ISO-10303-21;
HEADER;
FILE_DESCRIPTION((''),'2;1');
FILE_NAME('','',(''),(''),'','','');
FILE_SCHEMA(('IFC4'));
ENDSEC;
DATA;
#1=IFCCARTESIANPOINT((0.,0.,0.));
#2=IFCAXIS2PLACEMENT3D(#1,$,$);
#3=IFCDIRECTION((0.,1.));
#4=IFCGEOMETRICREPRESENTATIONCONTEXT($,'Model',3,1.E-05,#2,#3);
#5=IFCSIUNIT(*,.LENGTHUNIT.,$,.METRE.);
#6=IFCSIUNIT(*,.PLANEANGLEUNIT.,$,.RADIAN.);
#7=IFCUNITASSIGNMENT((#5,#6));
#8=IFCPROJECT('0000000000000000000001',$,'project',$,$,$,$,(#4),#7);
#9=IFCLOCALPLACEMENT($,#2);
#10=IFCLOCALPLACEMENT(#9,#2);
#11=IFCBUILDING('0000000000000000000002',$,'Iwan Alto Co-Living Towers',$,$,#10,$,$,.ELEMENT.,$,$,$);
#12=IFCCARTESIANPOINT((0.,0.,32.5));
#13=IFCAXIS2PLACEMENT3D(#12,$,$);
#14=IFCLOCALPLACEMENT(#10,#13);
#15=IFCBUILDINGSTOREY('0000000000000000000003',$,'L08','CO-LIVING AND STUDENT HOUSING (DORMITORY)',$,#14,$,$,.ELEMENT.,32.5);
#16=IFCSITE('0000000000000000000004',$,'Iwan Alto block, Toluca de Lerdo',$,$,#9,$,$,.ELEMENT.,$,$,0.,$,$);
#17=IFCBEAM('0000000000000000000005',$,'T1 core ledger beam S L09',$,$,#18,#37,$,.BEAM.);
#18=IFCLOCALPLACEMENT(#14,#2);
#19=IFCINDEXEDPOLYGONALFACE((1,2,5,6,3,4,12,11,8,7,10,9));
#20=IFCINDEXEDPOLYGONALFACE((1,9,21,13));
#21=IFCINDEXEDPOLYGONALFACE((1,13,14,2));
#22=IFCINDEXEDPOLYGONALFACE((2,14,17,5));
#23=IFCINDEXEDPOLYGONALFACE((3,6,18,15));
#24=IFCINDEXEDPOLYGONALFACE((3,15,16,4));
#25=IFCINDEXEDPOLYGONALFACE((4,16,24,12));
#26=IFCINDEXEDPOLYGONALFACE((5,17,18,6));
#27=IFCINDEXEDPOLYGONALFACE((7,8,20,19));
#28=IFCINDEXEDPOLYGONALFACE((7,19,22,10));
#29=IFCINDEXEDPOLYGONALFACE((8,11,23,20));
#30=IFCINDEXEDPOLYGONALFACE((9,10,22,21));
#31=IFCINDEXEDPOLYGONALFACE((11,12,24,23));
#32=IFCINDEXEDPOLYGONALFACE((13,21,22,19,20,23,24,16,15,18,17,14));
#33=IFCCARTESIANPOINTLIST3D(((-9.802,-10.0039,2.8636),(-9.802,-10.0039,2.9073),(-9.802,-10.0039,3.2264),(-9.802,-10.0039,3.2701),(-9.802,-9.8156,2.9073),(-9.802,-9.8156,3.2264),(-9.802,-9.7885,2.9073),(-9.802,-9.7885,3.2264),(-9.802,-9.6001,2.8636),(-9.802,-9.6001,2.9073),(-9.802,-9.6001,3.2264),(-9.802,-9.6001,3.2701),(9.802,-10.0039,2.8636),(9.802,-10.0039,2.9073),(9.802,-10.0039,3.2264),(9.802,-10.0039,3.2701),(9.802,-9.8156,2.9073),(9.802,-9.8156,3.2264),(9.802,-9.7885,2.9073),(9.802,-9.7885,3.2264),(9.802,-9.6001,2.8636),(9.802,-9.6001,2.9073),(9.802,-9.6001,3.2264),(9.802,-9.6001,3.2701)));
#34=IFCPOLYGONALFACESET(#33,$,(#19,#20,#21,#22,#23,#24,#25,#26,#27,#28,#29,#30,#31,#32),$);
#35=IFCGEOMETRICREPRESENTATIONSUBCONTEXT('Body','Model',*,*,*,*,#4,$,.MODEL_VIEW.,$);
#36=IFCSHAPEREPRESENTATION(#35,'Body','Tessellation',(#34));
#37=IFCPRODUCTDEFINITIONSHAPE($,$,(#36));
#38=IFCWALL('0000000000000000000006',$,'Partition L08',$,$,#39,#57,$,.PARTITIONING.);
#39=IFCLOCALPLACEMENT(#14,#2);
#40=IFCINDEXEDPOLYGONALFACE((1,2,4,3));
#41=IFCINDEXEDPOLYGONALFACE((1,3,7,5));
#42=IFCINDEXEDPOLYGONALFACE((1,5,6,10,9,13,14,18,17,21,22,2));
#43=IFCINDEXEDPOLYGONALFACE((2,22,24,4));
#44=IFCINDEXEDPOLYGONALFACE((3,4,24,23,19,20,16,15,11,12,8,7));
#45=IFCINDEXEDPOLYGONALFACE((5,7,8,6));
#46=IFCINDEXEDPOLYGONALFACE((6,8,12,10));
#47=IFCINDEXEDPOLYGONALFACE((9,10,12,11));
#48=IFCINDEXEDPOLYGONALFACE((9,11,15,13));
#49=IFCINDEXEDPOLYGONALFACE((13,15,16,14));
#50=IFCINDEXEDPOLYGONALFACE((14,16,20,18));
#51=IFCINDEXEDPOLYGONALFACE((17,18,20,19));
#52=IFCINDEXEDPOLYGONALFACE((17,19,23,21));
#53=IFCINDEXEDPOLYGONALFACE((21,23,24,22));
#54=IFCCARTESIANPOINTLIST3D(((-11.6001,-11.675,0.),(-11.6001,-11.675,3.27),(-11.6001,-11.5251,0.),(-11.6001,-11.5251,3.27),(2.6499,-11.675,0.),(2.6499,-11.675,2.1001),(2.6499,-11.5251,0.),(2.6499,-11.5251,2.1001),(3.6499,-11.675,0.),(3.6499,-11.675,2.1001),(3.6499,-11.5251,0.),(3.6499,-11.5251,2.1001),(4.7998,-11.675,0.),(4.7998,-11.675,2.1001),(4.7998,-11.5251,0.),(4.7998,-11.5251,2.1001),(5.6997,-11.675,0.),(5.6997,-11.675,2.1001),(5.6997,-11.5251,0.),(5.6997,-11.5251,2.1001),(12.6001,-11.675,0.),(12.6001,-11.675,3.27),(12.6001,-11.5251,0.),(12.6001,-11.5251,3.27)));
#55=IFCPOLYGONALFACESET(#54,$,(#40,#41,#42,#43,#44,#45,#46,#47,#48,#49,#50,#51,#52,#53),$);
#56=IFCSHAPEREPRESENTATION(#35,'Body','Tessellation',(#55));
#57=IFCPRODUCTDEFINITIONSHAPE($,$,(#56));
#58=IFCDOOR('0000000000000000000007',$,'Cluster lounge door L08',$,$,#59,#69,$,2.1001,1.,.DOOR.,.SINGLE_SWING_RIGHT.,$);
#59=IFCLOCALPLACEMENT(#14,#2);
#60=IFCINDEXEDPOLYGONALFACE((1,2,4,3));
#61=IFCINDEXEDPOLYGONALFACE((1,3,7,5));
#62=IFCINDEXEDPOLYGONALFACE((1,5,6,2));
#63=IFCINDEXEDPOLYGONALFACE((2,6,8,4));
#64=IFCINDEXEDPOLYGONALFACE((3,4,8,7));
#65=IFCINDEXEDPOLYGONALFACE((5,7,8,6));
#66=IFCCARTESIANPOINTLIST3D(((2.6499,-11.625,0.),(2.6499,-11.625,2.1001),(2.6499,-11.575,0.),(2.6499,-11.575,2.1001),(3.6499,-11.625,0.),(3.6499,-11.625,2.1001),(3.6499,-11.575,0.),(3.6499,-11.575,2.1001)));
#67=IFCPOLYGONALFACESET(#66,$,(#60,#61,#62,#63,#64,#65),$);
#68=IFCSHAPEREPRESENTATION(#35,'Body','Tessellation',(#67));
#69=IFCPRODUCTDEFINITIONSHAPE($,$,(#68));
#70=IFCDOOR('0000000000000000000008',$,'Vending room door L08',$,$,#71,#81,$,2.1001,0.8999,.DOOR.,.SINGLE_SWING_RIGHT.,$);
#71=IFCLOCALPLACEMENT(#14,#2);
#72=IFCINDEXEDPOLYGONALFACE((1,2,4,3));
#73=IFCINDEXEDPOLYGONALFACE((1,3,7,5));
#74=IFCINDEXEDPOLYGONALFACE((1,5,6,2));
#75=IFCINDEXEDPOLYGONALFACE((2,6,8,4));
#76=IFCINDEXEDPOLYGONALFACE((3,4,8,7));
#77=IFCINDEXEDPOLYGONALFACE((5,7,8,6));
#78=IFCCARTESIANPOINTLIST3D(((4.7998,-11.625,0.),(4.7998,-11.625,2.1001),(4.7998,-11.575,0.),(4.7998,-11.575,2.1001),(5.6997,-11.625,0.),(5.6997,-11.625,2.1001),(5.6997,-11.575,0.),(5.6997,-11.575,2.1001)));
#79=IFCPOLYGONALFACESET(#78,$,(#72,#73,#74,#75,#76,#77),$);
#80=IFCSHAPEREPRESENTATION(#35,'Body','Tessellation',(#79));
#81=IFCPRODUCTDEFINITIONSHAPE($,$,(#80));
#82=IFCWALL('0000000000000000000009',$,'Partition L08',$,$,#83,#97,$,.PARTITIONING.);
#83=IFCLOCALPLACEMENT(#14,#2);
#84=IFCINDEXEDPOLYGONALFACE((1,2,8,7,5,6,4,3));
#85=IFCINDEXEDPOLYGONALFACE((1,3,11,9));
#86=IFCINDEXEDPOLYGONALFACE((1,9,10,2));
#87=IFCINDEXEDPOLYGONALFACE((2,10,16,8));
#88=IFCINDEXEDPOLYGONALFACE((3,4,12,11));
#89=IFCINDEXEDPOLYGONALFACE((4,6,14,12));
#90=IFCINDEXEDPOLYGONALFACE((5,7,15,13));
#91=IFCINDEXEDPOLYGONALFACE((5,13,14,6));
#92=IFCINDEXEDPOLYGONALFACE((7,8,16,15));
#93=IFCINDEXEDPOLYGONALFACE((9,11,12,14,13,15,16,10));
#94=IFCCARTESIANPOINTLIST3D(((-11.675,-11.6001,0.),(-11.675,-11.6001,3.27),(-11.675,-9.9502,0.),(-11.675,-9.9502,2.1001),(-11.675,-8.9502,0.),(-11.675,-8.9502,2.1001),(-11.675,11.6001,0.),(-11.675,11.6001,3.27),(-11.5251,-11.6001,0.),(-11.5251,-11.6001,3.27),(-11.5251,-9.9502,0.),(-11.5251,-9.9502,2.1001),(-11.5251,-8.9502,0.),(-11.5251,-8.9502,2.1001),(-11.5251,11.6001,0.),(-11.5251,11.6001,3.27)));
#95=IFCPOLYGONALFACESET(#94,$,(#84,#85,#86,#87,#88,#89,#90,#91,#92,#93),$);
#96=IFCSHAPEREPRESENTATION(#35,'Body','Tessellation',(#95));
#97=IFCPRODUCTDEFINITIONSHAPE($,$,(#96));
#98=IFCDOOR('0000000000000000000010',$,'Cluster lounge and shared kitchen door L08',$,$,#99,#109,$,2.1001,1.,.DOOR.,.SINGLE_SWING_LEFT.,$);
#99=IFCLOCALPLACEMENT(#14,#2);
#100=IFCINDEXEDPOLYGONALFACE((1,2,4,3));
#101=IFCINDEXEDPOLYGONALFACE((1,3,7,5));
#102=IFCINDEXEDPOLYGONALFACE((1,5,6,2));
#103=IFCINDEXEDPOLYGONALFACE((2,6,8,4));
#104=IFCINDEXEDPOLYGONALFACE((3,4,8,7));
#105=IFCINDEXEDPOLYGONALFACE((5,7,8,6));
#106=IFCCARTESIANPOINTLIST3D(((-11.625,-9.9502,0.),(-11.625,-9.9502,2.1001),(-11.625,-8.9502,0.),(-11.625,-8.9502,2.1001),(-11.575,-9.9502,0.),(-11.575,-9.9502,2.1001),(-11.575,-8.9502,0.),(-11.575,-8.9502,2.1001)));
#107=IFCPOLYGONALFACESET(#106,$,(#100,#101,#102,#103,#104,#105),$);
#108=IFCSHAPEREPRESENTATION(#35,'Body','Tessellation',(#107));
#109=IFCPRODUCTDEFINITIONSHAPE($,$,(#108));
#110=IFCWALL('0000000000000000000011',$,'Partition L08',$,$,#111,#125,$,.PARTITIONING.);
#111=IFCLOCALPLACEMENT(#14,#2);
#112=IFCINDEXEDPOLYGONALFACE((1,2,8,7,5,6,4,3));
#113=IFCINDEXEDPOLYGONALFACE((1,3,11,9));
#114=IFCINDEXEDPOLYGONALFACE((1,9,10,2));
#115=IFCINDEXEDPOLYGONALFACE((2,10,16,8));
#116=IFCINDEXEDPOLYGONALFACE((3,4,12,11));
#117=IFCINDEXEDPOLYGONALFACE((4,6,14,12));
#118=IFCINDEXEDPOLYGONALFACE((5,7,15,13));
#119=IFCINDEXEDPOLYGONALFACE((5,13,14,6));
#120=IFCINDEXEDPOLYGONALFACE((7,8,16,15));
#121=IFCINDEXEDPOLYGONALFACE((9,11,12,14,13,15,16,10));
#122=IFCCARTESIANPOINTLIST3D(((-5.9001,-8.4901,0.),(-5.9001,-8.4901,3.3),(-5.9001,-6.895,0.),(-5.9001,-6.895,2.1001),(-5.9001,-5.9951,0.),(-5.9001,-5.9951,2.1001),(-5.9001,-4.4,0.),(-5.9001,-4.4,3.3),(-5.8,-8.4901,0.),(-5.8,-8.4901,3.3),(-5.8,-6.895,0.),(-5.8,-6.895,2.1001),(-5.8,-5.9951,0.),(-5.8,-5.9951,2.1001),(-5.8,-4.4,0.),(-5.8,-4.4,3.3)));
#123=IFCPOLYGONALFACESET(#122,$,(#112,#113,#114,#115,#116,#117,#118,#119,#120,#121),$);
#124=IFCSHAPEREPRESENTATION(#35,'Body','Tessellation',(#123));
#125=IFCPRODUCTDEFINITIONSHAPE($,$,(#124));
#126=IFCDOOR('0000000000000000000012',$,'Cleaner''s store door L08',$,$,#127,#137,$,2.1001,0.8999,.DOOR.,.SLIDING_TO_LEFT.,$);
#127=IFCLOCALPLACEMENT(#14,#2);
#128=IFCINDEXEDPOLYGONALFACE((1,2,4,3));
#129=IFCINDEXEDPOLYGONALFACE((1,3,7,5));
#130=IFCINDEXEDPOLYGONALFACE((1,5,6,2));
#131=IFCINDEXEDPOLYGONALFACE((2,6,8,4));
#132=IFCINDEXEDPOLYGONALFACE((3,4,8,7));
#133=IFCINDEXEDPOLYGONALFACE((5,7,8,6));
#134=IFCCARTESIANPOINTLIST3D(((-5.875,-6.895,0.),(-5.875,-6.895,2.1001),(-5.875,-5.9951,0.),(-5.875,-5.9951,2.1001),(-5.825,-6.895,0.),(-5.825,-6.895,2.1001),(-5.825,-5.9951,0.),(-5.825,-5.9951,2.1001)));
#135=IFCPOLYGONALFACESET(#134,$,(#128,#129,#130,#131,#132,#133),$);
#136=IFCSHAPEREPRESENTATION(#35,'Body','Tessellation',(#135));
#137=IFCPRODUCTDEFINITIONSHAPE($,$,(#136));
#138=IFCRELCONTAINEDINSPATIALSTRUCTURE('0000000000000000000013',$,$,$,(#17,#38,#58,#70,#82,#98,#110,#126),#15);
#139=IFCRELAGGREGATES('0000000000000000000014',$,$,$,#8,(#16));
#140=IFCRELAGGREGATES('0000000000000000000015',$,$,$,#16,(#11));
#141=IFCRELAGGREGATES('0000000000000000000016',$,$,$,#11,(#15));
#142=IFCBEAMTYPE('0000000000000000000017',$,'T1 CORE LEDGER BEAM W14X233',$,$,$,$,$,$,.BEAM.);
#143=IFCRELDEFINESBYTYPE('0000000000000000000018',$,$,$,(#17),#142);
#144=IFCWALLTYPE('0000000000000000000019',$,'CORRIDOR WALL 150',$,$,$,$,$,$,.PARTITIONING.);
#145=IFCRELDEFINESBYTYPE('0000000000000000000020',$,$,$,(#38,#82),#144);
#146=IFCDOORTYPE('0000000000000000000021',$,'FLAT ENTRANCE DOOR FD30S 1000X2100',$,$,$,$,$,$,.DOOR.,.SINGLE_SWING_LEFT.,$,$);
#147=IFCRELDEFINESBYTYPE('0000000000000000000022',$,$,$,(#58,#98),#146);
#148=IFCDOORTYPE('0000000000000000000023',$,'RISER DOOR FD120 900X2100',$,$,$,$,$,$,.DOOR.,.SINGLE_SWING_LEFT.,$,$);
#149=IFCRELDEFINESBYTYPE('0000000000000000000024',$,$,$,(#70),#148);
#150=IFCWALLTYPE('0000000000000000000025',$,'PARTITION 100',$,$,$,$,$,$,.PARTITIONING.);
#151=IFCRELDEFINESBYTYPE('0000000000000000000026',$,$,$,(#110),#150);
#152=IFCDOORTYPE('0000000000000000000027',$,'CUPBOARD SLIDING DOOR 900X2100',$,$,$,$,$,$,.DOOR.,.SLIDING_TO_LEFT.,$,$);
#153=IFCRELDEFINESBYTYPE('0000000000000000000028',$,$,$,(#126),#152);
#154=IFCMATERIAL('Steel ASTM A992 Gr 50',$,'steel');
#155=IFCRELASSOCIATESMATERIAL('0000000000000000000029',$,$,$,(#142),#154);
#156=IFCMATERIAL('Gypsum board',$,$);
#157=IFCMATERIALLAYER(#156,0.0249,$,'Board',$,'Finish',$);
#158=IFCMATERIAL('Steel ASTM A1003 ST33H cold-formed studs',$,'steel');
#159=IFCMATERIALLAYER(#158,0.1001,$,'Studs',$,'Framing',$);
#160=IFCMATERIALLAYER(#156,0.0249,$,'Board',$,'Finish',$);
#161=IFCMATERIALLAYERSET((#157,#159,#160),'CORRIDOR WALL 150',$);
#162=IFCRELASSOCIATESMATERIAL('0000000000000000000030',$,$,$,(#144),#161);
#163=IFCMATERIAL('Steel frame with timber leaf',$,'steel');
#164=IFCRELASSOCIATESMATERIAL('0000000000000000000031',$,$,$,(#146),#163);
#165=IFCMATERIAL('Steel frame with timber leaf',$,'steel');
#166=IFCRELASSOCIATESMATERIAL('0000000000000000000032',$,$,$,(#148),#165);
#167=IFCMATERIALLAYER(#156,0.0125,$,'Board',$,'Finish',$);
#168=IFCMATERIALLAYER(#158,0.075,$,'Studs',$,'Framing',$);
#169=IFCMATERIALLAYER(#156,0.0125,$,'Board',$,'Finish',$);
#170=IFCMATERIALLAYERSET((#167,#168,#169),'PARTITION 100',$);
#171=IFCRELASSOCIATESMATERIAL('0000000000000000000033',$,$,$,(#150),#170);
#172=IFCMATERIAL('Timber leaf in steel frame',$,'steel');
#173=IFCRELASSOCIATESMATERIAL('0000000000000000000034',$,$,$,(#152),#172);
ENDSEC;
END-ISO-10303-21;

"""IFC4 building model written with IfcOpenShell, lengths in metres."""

from ifc_helpers import new_model, si_unit, direction, frame, frame_2d, origin, origin_2d, place, context, subcontext, project, spatial, rectangle, i_section, extrude, material, layer, layer_set, material_profile, profile_set, type_object, element, fill, save


model = new_model("IFC4")

# Units and contexts
model_context = context("Model", 3, precision=1e-05, world=origin(), true_north=direction((0.0, 1.0)))
body_context = subcontext(model_context, "Body", "Model", "MODEL_VIEW")
ifc_project = project(units=[si_unit("LENGTHUNIT", "METRE"), si_unit("PLANEANGLEUNIT", "RADIAN")], contexts=[model_context])

# Site, building, storey
site_placement = place(None, origin())
site = spatial("IfcSite", under=ifc_project, at=site_placement, Name="Iwan Alto block, Toluca de Lerdo", CompositionType="ELEMENT", RefElevation=0.0)
building_placement = place(site_placement, origin())
building = spatial("IfcBuilding", under=site, at=building_placement, Name="Iwan Alto Co-Living Towers", CompositionType="ELEMENT")
storey_placement = place(building_placement, frame((0.0, 0.0, 32.5)))
storey = spatial("IfcBuildingStorey", under=building, at=storey_placement, Name="L08", Description="CO-LIVING AND STUDENT HOUSING (DORMITORY)", CompositionType="ELEMENT", Elevation=32.5)

# Beam
ifc_material_1 = material(Name="Steel ASTM A992 Gr 50", Category="steel")
ifc_material_profile = material_profile(ifc_material_1, i_section(OverallWidth=0.4038, OverallDepth=0.4065, WebThickness=0.0271, FlangeThickness=0.0437, at=origin_2d()), Name="W14X233")
ifc_profile_set = profile_set([ifc_material_profile], Name="Steel ASTM A992 Gr 50")
beam_type = type_object("IfcBeamType", Name="T1 CORE LEDGER BEAM W14X233", PredefinedType="BEAM", material=ifc_profile_set)
beam_placement = place(storey_placement, frame((-9.802, -9.802, 3.0669), z_axis=(1.0, 0.0, 0.0), x_axis=(0.0, 1.0, 0.0)))
element("IfcBeam", 1, at=beam_placement, inside=storey, type_object=beam_type, Name="T1 core ledger beam S L09", PredefinedType="BEAM", context=body_context, shape_type="SweptSolid", body=[
    extrude(i_section(OverallWidth=0.4038, OverallDepth=0.4065, WebThickness=0.0271, FlangeThickness=0.0437, at=origin_2d()), origin(), (0.0, 0.0, 1.0), 19.604),
])

# Wall, openings, doors
ifc_material_2 = material(Name="Gypsum board")
ifc_layer_1 = layer(ifc_material_2, 0.0249, Name="Board", Category="Finish")
ifc_material_3 = material(Name="Steel ASTM A1003 ST33H cold-formed studs", Category="steel")
ifc_layer_2 = layer(ifc_material_3, 0.1001, Name="Studs", Category="Framing")
ifc_layer_3 = layer(ifc_material_2, 0.0249, Name="Board", Category="Finish")
ifc_layer_set_1 = layer_set([ifc_layer_1, ifc_layer_2, ifc_layer_3], Name="CORRIDOR WALL 150")
wall_type_1 = type_object("IfcWallType", Name="CORRIDOR WALL 150", PredefinedType="PARTITIONING", material=ifc_layer_set_1)
wall_1_placement = place(storey_placement, frame((-11.6001, -11.6001, 0.0), z_axis=(0.0, 0.0, 1.0), x_axis=(1.0, 0.0, 0.0)))
wall_1 = element("IfcWall", 2, at=wall_1_placement, inside=storey, type_object=wall_type_1, Name="Partition L08", PredefinedType="PARTITIONING", context=body_context, shape_type="SweptSolid", body=[
    extrude(rectangle(XDim=24.2002, YDim=0.1499, at=frame_2d((12.1001, 0.0))), origin(), (0.0, 0.0, 1.0), 3.27),
])
opening_1_placement = place(wall_1_placement, frame((14.25, 0.0, 0.0)))
opening_1 = element("IfcOpeningElement", 3, at=opening_1_placement, cuts=wall_1, PredefinedType="OPENING", context=body_context, shape_type="SweptSolid", body=[
    extrude(rectangle(XDim=1.0, YDim=2.1001, at=frame_2d((0.5, 1.05))), frame((0.0, 0.085, 0.0), z_axis=(0.0, -1.0, 0.0), x_axis=(1.0, 0.0, 0.0)), (0.0, 0.0, 1.0), 0.1699),
])
opening_2_placement = place(wall_1_placement, frame((16.3999, 0.0, 0.0)))
opening_2 = element("IfcOpeningElement", 4, at=opening_2_placement, cuts=wall_1, PredefinedType="OPENING", context=body_context, shape_type="SweptSolid", body=[
    extrude(rectangle(XDim=0.8999, YDim=2.1001, at=frame_2d((0.45, 1.05))), frame((0.0, 0.085, 0.0), z_axis=(0.0, -1.0, 0.0), x_axis=(1.0, 0.0, 0.0)), (0.0, 0.0, 1.0), 0.1699),
])
ifc_material_4 = material(Name="Steel frame with timber leaf", Category="steel")
door_type_1 = type_object("IfcDoorType", Name="FLAT ENTRANCE DOOR FD30S 1000X2100", OperationType="SINGLE_SWING_LEFT", PredefinedType="DOOR", material=ifc_material_4)
door_1_placement = place(opening_1_placement, frame((1.0, 0.0, 0.0), z_axis=(0.0, 0.0, 1.0), x_axis=(-1.0, 0.0, 0.0)))
door_1 = element("IfcDoor", 5, at=door_1_placement, inside=storey, type_object=door_type_1, Name="Cluster lounge door L08", OperationType="SINGLE_SWING_RIGHT", OverallHeight=2.1001, OverallWidth=1.0, PredefinedType="DOOR", context=body_context, shape_type="SweptSolid", body=[
    extrude(rectangle(XDim=1.0, YDim=2.1001, at=frame_2d((0.5, 1.05))), frame((0.0, 0.0249, 0.0), z_axis=(0.0, -1.0, 0.0), x_axis=(1.0, 0.0, 0.0)), (0.0, 0.0, 1.0), 0.05),
])
fill(opening_1, door_1)
ifc_material_5 = material(Name="Steel frame with timber leaf", Category="steel")
door_type_2 = type_object("IfcDoorType", Name="RISER DOOR FD120 900X2100", OperationType="SINGLE_SWING_LEFT", PredefinedType="DOOR", material=ifc_material_5)
door_2_placement = place(opening_2_placement, frame((0.8999, 0.0, 0.0), z_axis=(0.0, 0.0, 1.0), x_axis=(-1.0, 0.0, 0.0)))
door_2 = element("IfcDoor", 6, at=door_2_placement, inside=storey, type_object=door_type_2, Name="Vending room door L08", OperationType="SINGLE_SWING_RIGHT", OverallHeight=2.1001, OverallWidth=0.8999, PredefinedType="DOOR", context=body_context, shape_type="SweptSolid", body=[
    extrude(rectangle(XDim=0.8999, YDim=2.1001, at=frame_2d((0.45, 1.05))), frame((0.0, 0.0249, 0.0), z_axis=(0.0, -1.0, 0.0), x_axis=(1.0, 0.0, 0.0)), (0.0, 0.0, 1.0), 0.05),
])
fill(opening_2, door_2)

# Walls, openings, doors
wall_2_placement = place(storey_placement, frame((-11.6001, -11.6001, 0.0), z_axis=(0.0, 0.0, 1.0), x_axis=(0.0, 1.0, 0.0)))
wall_2 = element("IfcWall", 7, at=wall_2_placement, inside=storey, type_object=wall_type_1, Name="Partition L08", PredefinedType="PARTITIONING", context=body_context, shape_type="SweptSolid", body=[
    extrude(rectangle(XDim=23.2002, YDim=0.1499, at=frame_2d((11.6001, 0.0))), origin(), (0.0, 0.0, 1.0), 3.27),
])
opening_3_placement = place(wall_2_placement, frame((1.6499, 0.0, 0.0)))
opening_3 = element("IfcOpeningElement", 8, at=opening_3_placement, cuts=wall_2, PredefinedType="OPENING", context=body_context, shape_type="SweptSolid", body=[
    extrude(rectangle(XDim=1.0, YDim=2.1001, at=frame_2d((0.5, 1.05))), frame((0.0, 0.085, 0.0), z_axis=(0.0, -1.0, 0.0), x_axis=(1.0, 0.0, 0.0)), (0.0, 0.0, 1.0), 0.1699),
])
door_3_placement = place(opening_3_placement, origin())
door_3 = element("IfcDoor", 9, at=door_3_placement, inside=storey, type_object=door_type_1, Name="Cluster lounge and shared kitchen door L08", OperationType="SINGLE_SWING_LEFT", OverallHeight=2.1001, OverallWidth=1.0, PredefinedType="DOOR", context=body_context, shape_type="SweptSolid", body=[
    extrude(rectangle(XDim=1.0, YDim=2.1001, at=frame_2d((0.5, 1.05))), frame((0.0, 0.0249, 0.0), z_axis=(0.0, -1.0, 0.0), x_axis=(1.0, 0.0, 0.0)), (0.0, 0.0, 1.0), 0.05),
])
fill(opening_3, door_3)
ifc_layer_4 = layer(ifc_material_2, 0.0125, Name="Board", Category="Finish")
ifc_layer_5 = layer(ifc_material_3, 0.075, Name="Studs", Category="Framing")
ifc_layer_6 = layer(ifc_material_2, 0.0125, Name="Board", Category="Finish")
ifc_layer_set_2 = layer_set([ifc_layer_4, ifc_layer_5, ifc_layer_6], Name="PARTITION 100")
wall_type_2 = type_object("IfcWallType", Name="PARTITION 100", PredefinedType="PARTITIONING", material=ifc_layer_set_2)
wall_3_placement = place(storey_placement, frame((-5.8501, -8.49, 0.0), z_axis=(0.0, 0.0, 1.0), x_axis=(0.0, 1.0, 0.0)))
wall_3 = element("IfcWall", 10, at=wall_3_placement, inside=storey, type_object=wall_type_2, Name="Partition L08", PredefinedType="PARTITIONING", context=body_context, shape_type="SweptSolid", body=[
    extrude(rectangle(XDim=4.0901, YDim=0.1001, at=frame_2d((2.0449, 0.0))), origin(), (0.0, 0.0, 1.0), 3.3),
])
opening_4_placement = place(wall_3_placement, frame((1.595, 0.0, 0.0)))
opening_4 = element("IfcOpeningElement", 11, at=opening_4_placement, cuts=wall_3, PredefinedType="OPENING", context=body_context, shape_type="SweptSolid", body=[
    extrude(rectangle(XDim=0.8999, YDim=2.1001, at=frame_2d((0.45, 1.05))), frame((0.0, 0.0601, 0.0), z_axis=(0.0, -1.0, 0.0), x_axis=(1.0, 0.0, 0.0)), (0.0, 0.0, 1.0), 0.1201),
])
ifc_material_6 = material(Name="Timber leaf in steel frame", Category="steel")
door_type_3 = type_object("IfcDoorType", Name="CUPBOARD SLIDING DOOR 900X2100", OperationType="SLIDING_TO_LEFT", PredefinedType="DOOR", material=ifc_material_6)
door_4_placement = place(opening_4_placement, origin())
door_4 = element("IfcDoor", 12, at=door_4_placement, inside=storey, type_object=door_type_3, Name="Cleaner's store door L08", OperationType="SLIDING_TO_LEFT", OverallHeight=2.1001, OverallWidth=0.8999, PredefinedType="DOOR", context=body_context, shape_type="SweptSolid", body=[
    extrude(rectangle(XDim=0.8999, YDim=2.1001, at=frame_2d((0.45, 1.05))), frame((0.0, 0.0249, 0.0), z_axis=(0.0, -1.0, 0.0), x_axis=(1.0, 0.0, 0.0)), (0.0, 0.0, 1.0), 0.05),
])
fill(opening_4, door_4)

save(model, "model.ifc")
